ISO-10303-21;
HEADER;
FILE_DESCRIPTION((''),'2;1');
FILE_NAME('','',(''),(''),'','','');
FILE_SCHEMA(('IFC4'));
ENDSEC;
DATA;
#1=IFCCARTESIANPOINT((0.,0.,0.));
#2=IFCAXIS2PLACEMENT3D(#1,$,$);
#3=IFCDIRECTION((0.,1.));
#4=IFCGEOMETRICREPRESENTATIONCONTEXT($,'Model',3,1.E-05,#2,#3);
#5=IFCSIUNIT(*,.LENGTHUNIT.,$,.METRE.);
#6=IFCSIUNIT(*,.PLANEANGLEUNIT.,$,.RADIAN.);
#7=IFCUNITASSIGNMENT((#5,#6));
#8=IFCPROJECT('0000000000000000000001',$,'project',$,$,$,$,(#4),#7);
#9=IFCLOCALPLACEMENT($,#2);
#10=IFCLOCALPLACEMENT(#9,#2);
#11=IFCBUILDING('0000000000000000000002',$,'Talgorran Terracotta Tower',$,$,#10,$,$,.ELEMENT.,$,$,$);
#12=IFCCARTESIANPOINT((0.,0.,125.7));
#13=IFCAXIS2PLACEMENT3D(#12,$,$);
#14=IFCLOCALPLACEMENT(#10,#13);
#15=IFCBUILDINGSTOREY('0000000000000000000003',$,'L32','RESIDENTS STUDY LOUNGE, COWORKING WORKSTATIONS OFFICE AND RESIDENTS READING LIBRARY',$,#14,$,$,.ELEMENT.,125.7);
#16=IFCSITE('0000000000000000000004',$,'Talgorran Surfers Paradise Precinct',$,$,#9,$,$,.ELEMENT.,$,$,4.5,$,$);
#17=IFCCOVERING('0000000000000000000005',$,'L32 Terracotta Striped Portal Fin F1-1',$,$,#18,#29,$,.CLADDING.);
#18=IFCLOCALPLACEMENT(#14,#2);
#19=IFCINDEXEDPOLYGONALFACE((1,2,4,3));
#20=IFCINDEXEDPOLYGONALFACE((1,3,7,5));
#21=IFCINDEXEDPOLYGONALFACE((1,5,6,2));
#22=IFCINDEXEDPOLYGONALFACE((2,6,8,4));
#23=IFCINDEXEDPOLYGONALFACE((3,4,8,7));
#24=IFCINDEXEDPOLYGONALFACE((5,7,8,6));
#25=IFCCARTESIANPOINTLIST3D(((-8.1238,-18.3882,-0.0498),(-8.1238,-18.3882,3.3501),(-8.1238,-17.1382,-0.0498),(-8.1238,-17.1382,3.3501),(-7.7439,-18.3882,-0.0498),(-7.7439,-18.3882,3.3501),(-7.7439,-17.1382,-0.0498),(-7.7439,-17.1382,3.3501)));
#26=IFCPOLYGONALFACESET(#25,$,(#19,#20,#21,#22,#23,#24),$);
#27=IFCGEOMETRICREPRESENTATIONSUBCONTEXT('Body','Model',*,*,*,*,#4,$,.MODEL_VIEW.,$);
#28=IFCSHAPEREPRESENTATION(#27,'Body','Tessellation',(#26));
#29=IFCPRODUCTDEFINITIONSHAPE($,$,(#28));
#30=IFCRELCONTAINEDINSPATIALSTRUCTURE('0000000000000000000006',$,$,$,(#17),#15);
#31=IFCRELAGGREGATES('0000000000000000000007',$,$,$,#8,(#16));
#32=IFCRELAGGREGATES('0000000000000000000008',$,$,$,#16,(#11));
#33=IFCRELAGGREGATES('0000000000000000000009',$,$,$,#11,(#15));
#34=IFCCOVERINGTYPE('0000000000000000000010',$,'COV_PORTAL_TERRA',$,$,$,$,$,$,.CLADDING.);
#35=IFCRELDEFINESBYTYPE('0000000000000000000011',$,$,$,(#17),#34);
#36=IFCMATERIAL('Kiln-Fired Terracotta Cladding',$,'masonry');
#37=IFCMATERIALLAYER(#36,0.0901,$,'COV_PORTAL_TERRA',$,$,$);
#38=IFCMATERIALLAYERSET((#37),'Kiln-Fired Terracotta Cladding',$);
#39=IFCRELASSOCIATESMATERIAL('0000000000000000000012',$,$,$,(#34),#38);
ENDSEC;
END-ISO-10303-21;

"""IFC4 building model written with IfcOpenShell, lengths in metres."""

from ifc_helpers import new_model, si_unit, direction, frame, origin, origin_2d, place, context, subcontext, project, spatial, rectangle, extrude, material, layer, layer_set, type_object, element, save


model = new_model("IFC4")

# Units and contexts
model_context = context("Model", 3, precision=1e-05, world=origin(), true_north=direction((0.0, 1.0)))
body_context = subcontext(model_context, "Body", "Model", "MODEL_VIEW")
ifc_project = project(units=[si_unit("LENGTHUNIT", "METRE"), si_unit("PLANEANGLEUNIT", "RADIAN")], contexts=[model_context])

# Site, building, storey
site_placement = place(None, origin())
site = spatial("IfcSite", under=ifc_project, at=site_placement, Name="Talgorran Surfers Paradise Precinct", CompositionType="ELEMENT", RefElevation=4.5)
building_placement = place(site_placement, origin())
building = spatial("IfcBuilding", under=site, at=building_placement, Name="Talgorran Terracotta Tower", CompositionType="ELEMENT")
storey_placement = place(building_placement, frame((0.0, 0.0, 125.7)))
storey = spatial("IfcBuildingStorey", under=building, at=storey_placement, Name="L32", Description="RESIDENTS STUDY LOUNGE, COWORKING WORKSTATIONS OFFICE AND RESIDENTS READING LIBRARY", CompositionType="ELEMENT", Elevation=125.7)

# Covering
ifc_material_1 = material(Name="Kiln-Fired Terracotta Cladding", Category="masonry")
ifc_layer_1 = layer(ifc_material_1, 0.0901, Name="COV_PORTAL_TERRA")
ifc_layer_set_1 = layer_set([ifc_layer_1], Name="Kiln-Fired Terracotta Cladding")
covering_type_1 = type_object("IfcCoveringType", Name="COV_PORTAL_TERRA", PredefinedType="CLADDING", material=ifc_layer_set_1)
covering_1_placement = place(storey_placement, frame((-7.9338, -17.7632, -0.0498), z_axis=(0.0, 0.0, 1.0), x_axis=(1.0, 0.0, 0.0)))
element("IfcCovering", 1, at=covering_1_placement, inside=storey, type_object=covering_type_1, Name="L32 Terracotta Striped Portal Fin F1-1", PredefinedType="CLADDING", context=body_context, shape_type="SweptSolid", body=[
    extrude(rectangle(XDim=0.3799, YDim=1.25, at=origin_2d()), origin(), (0.0, 0.0, 1.0), 3.3999),
])

save(model, "model.ifc")
